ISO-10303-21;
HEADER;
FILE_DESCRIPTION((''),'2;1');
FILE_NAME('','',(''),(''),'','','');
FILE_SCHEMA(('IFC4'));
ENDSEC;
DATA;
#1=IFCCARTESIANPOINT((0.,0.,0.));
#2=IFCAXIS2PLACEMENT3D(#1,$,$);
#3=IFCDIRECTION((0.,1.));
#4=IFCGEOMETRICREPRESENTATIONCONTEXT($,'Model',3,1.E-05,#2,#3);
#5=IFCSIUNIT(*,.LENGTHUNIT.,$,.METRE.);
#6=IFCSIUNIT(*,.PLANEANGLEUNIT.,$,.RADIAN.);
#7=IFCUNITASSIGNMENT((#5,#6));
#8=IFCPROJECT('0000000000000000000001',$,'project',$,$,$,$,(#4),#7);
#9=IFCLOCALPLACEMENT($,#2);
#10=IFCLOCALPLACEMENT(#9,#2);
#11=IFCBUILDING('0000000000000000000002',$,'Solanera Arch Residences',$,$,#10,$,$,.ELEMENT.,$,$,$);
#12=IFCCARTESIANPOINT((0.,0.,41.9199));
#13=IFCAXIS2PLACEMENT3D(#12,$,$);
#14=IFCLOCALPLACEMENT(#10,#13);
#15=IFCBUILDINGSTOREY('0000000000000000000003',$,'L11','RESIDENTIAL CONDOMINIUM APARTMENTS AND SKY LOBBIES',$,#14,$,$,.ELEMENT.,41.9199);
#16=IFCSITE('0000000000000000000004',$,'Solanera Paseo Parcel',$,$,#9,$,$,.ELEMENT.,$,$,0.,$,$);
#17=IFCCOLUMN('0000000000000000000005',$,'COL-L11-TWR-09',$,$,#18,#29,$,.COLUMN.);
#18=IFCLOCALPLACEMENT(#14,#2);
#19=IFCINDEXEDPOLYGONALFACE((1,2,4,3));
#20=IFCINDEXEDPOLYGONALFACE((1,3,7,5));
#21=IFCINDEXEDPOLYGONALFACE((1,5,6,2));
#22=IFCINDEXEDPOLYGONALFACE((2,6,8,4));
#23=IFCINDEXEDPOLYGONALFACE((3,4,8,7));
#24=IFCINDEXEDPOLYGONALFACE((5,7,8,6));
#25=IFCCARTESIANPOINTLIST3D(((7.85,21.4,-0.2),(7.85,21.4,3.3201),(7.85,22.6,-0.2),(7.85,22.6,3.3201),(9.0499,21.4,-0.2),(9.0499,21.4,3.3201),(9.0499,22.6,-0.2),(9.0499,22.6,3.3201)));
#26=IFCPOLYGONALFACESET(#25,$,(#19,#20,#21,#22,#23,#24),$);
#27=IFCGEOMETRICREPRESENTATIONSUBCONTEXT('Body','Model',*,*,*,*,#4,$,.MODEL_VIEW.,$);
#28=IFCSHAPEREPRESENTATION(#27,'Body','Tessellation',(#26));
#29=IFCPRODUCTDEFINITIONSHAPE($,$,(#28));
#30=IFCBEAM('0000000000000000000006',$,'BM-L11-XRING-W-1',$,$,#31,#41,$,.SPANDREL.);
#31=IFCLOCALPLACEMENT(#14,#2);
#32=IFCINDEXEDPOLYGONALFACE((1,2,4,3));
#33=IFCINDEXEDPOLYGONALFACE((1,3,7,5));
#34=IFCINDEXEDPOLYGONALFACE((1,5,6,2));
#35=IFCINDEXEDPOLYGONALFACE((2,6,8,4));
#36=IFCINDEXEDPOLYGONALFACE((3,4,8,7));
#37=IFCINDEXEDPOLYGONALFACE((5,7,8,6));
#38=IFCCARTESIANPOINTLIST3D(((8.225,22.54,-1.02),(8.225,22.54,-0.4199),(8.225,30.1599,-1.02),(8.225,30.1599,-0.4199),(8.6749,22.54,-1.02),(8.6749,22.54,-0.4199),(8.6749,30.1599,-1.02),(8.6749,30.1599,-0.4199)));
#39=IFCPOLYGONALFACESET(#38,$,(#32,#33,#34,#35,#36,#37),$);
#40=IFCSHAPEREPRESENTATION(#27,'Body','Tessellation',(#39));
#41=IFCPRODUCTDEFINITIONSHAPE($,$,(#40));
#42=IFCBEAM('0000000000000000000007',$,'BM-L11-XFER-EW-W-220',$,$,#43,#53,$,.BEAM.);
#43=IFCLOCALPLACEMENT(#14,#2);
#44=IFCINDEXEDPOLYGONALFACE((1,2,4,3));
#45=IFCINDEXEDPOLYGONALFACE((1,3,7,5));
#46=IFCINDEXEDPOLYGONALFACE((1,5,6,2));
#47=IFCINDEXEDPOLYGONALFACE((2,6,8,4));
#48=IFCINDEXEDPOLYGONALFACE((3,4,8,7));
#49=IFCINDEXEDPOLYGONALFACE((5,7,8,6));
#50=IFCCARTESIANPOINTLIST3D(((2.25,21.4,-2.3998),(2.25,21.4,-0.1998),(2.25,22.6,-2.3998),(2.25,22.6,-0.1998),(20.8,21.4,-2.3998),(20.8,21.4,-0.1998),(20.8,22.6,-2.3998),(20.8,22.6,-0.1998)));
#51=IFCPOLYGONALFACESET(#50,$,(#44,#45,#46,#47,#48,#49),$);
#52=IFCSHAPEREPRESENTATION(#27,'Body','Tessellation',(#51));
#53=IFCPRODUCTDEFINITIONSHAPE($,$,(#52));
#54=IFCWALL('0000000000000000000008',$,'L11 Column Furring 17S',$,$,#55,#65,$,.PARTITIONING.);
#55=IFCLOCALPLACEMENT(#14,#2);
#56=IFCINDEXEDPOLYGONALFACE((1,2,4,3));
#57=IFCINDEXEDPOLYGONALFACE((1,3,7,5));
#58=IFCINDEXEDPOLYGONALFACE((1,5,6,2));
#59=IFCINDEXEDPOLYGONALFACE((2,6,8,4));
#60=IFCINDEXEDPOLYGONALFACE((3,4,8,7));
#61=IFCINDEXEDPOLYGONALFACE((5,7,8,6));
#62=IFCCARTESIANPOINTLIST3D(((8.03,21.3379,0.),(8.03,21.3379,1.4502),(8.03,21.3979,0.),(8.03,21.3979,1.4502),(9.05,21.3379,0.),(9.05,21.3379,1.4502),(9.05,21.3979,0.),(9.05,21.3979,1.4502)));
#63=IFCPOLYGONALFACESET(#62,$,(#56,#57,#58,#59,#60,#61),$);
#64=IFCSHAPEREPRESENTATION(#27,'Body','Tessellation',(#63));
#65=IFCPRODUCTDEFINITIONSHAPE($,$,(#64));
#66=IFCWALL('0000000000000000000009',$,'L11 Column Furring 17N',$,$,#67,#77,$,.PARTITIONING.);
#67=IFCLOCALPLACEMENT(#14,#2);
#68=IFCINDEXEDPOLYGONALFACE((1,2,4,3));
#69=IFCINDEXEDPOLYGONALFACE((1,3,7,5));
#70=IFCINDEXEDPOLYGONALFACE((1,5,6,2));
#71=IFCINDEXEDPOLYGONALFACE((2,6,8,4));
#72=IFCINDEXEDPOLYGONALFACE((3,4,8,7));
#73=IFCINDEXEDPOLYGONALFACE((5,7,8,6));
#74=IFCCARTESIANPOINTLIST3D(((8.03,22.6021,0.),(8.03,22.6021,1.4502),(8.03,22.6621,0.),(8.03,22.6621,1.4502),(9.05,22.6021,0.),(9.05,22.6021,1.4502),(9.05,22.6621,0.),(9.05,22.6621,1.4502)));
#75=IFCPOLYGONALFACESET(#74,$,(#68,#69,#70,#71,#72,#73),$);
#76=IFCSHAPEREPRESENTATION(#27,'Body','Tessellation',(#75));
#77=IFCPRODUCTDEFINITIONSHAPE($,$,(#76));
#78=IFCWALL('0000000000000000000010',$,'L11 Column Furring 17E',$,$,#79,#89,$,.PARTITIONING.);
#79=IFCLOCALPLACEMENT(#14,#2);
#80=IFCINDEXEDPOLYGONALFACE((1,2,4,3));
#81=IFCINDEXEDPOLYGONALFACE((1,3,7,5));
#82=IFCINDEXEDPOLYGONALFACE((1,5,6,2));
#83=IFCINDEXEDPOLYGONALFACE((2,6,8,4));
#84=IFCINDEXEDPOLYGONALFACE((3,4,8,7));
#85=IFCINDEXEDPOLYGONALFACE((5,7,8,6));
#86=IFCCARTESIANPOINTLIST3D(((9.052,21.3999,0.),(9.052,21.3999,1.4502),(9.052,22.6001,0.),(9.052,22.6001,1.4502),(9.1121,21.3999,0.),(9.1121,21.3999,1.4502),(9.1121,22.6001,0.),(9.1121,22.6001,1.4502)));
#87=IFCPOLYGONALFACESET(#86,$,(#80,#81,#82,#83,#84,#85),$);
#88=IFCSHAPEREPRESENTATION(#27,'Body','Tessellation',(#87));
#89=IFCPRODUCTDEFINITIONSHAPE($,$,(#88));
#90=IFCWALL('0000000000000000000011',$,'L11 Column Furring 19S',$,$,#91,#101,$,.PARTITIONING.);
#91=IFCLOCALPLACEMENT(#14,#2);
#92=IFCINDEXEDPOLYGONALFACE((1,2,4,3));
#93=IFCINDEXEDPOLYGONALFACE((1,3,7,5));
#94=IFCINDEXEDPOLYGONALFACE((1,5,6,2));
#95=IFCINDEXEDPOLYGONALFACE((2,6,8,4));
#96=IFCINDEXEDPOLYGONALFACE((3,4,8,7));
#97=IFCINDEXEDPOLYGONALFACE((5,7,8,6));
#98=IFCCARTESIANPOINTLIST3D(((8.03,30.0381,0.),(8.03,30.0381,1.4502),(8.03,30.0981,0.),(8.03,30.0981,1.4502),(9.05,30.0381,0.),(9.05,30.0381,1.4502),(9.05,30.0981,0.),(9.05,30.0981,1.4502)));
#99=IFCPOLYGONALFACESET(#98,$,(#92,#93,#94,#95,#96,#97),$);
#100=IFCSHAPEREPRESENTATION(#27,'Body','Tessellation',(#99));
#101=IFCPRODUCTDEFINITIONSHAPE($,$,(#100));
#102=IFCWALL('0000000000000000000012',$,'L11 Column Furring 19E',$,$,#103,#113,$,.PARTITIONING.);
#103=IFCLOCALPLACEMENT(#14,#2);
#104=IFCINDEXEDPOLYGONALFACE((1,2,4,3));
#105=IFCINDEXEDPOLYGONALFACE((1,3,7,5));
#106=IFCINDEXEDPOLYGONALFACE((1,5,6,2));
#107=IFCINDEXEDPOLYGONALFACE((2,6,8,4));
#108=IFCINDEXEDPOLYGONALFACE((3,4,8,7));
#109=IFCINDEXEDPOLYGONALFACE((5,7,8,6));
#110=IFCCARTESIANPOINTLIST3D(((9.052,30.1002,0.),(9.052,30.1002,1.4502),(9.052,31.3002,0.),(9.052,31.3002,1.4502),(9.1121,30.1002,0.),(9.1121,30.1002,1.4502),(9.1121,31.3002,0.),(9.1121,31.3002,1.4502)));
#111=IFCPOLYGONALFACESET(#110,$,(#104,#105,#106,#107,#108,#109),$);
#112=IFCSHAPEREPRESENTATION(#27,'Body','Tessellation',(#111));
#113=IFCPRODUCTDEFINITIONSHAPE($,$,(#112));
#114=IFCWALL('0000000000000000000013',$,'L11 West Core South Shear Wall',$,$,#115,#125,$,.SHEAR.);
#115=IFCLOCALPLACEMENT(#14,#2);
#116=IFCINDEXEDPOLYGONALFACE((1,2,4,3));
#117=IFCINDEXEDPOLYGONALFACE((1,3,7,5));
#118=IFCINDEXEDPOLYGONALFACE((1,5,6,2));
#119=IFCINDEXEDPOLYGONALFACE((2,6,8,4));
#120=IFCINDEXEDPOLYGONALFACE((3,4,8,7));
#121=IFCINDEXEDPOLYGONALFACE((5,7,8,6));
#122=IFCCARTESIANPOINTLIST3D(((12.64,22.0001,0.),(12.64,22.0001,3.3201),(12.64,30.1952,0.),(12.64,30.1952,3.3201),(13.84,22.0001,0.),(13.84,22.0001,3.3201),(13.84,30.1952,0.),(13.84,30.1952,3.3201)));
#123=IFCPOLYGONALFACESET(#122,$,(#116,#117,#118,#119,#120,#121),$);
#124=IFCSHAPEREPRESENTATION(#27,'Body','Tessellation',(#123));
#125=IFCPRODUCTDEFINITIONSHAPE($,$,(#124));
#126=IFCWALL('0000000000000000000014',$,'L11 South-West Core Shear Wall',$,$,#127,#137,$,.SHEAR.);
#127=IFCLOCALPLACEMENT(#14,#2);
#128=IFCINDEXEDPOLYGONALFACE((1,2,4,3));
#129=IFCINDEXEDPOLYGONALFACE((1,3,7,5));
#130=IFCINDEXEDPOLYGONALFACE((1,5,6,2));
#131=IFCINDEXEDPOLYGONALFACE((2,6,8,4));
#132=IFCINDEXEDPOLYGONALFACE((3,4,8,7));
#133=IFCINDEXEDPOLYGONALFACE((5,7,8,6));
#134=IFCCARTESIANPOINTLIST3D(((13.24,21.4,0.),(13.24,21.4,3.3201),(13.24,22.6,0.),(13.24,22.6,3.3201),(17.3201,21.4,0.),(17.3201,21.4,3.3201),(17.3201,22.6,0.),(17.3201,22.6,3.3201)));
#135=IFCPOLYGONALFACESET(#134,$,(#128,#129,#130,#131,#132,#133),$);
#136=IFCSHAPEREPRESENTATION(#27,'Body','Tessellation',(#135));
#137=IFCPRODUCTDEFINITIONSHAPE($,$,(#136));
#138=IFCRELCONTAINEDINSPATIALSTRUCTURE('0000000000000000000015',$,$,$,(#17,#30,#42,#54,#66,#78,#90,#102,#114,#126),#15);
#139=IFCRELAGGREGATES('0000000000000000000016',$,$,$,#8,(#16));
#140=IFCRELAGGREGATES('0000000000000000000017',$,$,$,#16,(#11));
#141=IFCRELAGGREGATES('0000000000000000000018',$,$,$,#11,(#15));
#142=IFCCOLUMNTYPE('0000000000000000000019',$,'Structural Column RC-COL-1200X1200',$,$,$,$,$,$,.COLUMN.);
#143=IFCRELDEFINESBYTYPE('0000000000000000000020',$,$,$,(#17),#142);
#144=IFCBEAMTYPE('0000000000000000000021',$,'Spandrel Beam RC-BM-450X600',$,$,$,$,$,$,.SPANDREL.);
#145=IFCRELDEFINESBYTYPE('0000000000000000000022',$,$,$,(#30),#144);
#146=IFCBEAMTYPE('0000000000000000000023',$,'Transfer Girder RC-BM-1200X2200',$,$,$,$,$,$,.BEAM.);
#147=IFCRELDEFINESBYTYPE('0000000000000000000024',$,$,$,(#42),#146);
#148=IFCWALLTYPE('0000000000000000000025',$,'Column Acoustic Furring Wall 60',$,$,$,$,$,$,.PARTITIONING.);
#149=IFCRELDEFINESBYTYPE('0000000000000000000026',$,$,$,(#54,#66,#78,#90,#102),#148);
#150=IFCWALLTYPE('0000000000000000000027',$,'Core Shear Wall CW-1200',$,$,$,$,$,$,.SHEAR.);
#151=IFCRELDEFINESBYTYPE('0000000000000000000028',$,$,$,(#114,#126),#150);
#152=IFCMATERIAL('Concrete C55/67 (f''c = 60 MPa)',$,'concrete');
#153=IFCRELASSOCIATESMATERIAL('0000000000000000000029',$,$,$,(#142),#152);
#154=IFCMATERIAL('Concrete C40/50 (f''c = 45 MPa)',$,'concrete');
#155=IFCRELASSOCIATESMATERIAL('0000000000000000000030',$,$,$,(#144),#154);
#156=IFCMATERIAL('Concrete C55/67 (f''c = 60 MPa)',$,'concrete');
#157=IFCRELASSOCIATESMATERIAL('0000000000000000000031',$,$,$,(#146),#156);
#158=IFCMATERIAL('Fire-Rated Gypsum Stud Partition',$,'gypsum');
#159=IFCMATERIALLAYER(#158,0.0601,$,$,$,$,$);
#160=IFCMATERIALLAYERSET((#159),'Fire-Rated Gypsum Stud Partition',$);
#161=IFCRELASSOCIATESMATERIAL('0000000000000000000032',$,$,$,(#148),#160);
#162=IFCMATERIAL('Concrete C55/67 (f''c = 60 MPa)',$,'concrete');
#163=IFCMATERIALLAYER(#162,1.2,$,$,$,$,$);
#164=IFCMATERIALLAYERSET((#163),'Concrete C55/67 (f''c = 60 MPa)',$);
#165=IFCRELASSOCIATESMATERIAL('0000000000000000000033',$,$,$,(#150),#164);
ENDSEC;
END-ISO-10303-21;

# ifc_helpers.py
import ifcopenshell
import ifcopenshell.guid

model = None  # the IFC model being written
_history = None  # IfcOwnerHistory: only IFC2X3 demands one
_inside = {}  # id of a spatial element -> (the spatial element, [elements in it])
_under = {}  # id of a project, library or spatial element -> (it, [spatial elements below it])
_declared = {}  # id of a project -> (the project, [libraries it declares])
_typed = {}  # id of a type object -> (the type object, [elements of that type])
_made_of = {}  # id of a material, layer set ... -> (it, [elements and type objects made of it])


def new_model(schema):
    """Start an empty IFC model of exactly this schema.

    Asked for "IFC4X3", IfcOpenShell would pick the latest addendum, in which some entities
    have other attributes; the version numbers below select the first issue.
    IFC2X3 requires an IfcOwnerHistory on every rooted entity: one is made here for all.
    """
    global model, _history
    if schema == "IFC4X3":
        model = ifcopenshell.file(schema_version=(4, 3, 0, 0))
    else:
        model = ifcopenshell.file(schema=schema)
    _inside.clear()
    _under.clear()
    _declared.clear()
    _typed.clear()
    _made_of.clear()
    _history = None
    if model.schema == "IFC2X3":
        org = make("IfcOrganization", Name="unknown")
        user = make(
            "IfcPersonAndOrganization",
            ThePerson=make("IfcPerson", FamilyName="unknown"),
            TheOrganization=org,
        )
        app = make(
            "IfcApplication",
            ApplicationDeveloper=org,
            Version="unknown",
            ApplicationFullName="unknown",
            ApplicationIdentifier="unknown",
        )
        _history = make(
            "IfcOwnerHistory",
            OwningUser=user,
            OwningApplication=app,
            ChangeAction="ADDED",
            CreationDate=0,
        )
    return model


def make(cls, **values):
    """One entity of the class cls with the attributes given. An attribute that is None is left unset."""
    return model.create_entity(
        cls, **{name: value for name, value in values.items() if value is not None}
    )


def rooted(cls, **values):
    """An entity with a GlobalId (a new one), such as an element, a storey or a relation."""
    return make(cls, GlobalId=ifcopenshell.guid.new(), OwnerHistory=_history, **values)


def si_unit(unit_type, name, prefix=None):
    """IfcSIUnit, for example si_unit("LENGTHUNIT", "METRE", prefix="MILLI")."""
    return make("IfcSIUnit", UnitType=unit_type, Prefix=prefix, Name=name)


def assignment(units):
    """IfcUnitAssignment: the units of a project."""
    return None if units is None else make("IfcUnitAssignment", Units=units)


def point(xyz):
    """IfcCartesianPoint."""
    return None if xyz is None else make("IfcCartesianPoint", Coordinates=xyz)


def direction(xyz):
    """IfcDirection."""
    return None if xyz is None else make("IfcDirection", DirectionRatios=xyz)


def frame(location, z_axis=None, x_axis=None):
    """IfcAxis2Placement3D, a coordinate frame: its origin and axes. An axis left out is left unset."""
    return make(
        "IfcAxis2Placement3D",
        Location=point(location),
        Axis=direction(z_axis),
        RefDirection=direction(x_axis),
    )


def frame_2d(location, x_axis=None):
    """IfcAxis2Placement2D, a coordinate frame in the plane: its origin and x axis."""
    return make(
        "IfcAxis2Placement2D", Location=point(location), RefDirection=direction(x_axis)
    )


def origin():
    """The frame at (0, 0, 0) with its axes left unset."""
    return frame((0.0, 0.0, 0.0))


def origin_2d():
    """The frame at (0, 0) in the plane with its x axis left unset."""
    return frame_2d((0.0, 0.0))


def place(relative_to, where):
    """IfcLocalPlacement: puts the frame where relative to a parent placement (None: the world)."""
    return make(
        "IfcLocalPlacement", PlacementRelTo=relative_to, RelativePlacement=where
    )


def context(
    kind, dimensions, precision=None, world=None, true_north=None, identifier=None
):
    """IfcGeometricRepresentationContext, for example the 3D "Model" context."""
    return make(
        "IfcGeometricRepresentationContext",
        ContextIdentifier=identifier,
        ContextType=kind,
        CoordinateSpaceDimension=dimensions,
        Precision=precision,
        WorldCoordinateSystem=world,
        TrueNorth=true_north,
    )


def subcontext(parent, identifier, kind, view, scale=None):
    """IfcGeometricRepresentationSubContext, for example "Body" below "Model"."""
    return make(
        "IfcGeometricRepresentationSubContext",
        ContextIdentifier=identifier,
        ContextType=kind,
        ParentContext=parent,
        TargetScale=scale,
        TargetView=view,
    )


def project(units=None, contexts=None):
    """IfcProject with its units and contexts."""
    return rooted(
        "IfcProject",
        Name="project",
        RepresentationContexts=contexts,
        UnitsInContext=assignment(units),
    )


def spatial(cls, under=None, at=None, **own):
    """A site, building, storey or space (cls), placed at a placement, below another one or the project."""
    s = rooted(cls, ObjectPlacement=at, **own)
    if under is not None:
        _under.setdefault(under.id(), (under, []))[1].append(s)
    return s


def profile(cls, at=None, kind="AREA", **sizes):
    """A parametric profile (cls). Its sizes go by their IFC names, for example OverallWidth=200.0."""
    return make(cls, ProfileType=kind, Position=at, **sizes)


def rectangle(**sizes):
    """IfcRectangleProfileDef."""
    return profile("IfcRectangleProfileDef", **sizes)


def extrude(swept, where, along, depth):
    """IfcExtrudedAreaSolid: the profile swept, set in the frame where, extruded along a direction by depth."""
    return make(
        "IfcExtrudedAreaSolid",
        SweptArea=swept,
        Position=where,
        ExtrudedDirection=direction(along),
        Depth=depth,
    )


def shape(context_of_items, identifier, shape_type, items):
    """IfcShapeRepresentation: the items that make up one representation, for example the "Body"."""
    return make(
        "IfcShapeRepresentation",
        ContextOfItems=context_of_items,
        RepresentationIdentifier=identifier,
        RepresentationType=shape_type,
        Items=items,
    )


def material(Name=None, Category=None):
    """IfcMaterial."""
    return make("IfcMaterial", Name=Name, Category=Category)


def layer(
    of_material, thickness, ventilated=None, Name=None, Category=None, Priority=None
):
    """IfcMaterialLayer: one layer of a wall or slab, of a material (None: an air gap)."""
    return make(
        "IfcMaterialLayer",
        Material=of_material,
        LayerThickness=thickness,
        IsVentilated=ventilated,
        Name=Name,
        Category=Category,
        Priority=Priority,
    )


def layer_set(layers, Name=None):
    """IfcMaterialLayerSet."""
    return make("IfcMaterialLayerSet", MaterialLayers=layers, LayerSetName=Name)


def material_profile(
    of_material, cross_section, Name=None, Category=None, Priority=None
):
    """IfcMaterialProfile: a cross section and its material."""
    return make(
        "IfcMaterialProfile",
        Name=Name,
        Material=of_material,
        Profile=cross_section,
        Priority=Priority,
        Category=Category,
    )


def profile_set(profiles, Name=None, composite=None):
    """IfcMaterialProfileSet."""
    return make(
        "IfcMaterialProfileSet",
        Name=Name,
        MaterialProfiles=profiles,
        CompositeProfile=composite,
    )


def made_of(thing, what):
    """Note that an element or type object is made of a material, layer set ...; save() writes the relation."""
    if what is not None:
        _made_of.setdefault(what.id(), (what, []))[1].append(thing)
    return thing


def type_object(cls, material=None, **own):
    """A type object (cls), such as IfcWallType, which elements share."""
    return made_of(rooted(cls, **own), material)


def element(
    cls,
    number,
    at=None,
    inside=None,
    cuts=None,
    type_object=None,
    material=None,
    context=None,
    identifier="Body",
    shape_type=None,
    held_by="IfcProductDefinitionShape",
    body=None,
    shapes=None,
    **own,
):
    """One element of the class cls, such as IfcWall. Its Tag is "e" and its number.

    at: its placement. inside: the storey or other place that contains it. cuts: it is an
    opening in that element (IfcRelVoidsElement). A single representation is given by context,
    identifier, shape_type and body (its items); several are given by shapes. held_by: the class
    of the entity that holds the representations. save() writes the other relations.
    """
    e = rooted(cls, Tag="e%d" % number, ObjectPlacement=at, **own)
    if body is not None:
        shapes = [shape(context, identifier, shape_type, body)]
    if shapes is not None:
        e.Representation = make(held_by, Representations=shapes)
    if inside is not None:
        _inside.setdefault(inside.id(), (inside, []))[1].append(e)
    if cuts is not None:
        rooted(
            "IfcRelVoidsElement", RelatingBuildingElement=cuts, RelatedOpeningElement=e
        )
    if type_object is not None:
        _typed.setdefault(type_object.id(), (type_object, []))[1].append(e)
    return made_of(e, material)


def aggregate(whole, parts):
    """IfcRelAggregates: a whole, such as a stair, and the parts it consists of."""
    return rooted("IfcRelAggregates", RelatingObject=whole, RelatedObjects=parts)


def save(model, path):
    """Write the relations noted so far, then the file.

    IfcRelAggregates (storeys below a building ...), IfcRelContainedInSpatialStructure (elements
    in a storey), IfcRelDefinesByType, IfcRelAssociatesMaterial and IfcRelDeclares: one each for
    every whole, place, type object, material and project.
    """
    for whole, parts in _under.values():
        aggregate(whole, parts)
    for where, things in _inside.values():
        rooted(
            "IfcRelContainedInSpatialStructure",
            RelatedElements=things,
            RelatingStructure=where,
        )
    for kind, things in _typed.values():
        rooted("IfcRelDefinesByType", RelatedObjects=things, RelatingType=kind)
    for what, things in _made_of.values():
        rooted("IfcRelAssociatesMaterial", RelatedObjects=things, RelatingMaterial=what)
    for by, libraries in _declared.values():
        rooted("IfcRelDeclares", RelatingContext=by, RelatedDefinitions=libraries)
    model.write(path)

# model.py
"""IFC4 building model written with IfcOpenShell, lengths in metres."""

from ifc_helpers import new_model, si_unit, direction, frame, frame_2d, origin, origin_2d, place, context, subcontext, project, spatial, rectangle, extrude, material, layer, layer_set, material_profile, profile_set, type_object, element, save


model = new_model("IFC4")

# Units and contexts
model_context = context("Model", 3, precision=1e-05, world=origin(), true_north=direction((0.0, 1.0)))
body_context = subcontext(model_context, "Body", "Model", "MODEL_VIEW")
ifc_project = project(units=[si_unit("LENGTHUNIT", "METRE"), si_unit("PLANEANGLEUNIT", "RADIAN")], contexts=[model_context])

# Site, building, storey
site_placement = place(None, origin())
site = spatial("IfcSite", under=ifc_project, at=site_placement, Name="Solanera Paseo Parcel", CompositionType="ELEMENT", RefElevation=0.0)
building_placement = place(site_placement, origin())
building = spatial("IfcBuilding", under=site, at=building_placement, Name="Solanera Arch Residences", CompositionType="ELEMENT")
storey_placement = place(building_placement, frame((0.0, 0.0, 41.9199)))
storey = spatial("IfcBuildingStorey", under=building, at=storey_placement, Name="L11", Description="RESIDENTIAL CONDOMINIUM APARTMENTS AND SKY LOBBIES", CompositionType="ELEMENT", Elevation=41.9199)

# Column
ifc_material_1 = material(Name="Concrete C55/67 (f'c = 60 MPa)", Category="concrete")
ifc_material_profile_1 = material_profile(ifc_material_1, rectangle(XDim=1.2, YDim=1.2, at=origin_2d()))
ifc_profile_set_1 = profile_set([ifc_material_profile_1], Name="Concrete C55/67 (f'c = 60 MPa)")
column_type = type_object("IfcColumnType", Name="Structural Column RC-COL-1200X1200", PredefinedType="COLUMN", material=ifc_profile_set_1)
column_placement = place(storey_placement, frame((8.45, 22.0, -0.2), z_axis=(0.0, 0.0, 1.0), x_axis=(1.0, 0.0, 0.0)))
element("IfcColumn", 1, at=column_placement, inside=storey, type_object=column_type, Name="COL-L11-TWR-09", PredefinedType="COLUMN", context=body_context, shape_type="SweptSolid", body=[
    extrude(rectangle(XDim=1.2, YDim=1.2, at=origin_2d()), origin(), (0.0, 0.0, 1.0), 3.52),
])

# Beams
ifc_material_2 = material(Name="Concrete C40/50 (f'c = 45 MPa)", Category="concrete")
ifc_material_profile_2 = material_profile(ifc_material_2, rectangle(XDim=0.45, YDim=0.6001, at=origin_2d()))
ifc_profile_set_2 = profile_set([ifc_material_profile_2], Name="Concrete C40/50 (f'c = 45 MPa)")
beam_type_1 = type_object("IfcBeamType", Name="Spandrel Beam RC-BM-450X600", PredefinedType="SPANDREL", material=ifc_profile_set_2)
beam_1_placement = place(storey_placement, frame((8.45, 22.54, -0.72), z_axis=(0.0, 1.0, 0.0), x_axis=(-1.0, 0.0, 0.0)))
element("IfcBeam", 2, at=beam_1_placement, inside=storey, type_object=beam_type_1, Name="BM-L11-XRING-W-1", PredefinedType="SPANDREL", context=body_context, shape_type="SweptSolid", body=[
    extrude(rectangle(XDim=0.45, YDim=0.6001, at=origin_2d()), origin(), (0.0, 0.0, 1.0), 7.6199),
])
ifc_material_3 = material(Name="Concrete C55/67 (f'c = 60 MPa)", Category="concrete")
ifc_material_profile_3 = material_profile(ifc_material_3, rectangle(XDim=1.2, YDim=2.2, at=origin_2d()))
ifc_profile_set_3 = profile_set([ifc_material_profile_3], Name="Concrete C55/67 (f'c = 60 MPa)")
beam_type_2 = type_object("IfcBeamType", Name="Transfer Girder RC-BM-1200X2200", PredefinedType="BEAM", material=ifc_profile_set_3)
beam_2_placement = place(storey_placement, frame((2.25, 22.0, -1.2998), z_axis=(1.0, 0.0, 0.0), x_axis=(0.0, 1.0, 0.0)))
element("IfcBeam", 3, at=beam_2_placement, inside=storey, type_object=beam_type_2, Name="BM-L11-XFER-EW-W-220", PredefinedType="BEAM", context=body_context, shape_type="SweptSolid", body=[
    extrude(rectangle(XDim=1.2, YDim=2.2, at=origin_2d()), origin(), (0.0, 0.0, 1.0), 18.55),
])

# Walls
ifc_material_4 = material(Name="Fire-Rated Gypsum Stud Partition", Category="gypsum")
ifc_layer_1 = layer(ifc_material_4, 0.0601)
ifc_layer_set_1 = layer_set([ifc_layer_1], Name="Fire-Rated Gypsum Stud Partition")
wall_type_1 = type_object("IfcWallType", Name="Column Acoustic Furring Wall 60", PredefinedType="PARTITIONING", material=ifc_layer_set_1)
for number, where, z_axis, x_axis, name in (
    (4, (8.03, 21.3679, 0.0), (0.0, 0.0, 1.0), (1.0, 0.0, 0.0), "L11 Column Furring 17S"),
    (5, (8.03, 22.6321, 0.0), (0.0, 0.0, 1.0), (1.0, 0.0, 0.0), "L11 Column Furring 17N"),
):
    element("IfcWall", number, at=place(storey_placement, frame(where, z_axis=z_axis, x_axis=x_axis)), inside=storey, type_object=wall_type_1, Name=name, PredefinedType="PARTITIONING", context=body_context, shape_type="SweptSolid", body=[
        extrude(rectangle(XDim=1.02, YDim=0.0601, at=frame_2d((0.51, 0.0))), origin(), (0.0, 0.0, 1.0), 1.4502),
    ])
wall_1_placement = place(storey_placement, frame((9.082, 21.3999, 0.0), z_axis=(0.0, 0.0, 1.0), x_axis=(0.0, 1.0, 0.0)))
element("IfcWall", 6, at=wall_1_placement, inside=storey, type_object=wall_type_1, Name="L11 Column Furring 17E", PredefinedType="PARTITIONING", context=body_context, shape_type="SweptSolid", body=[
    extrude(rectangle(XDim=1.2002, YDim=0.0601, at=frame_2d((0.6001, 0.0))), origin(), (0.0, 0.0, 1.0), 1.4502),
])
wall_2_placement = place(storey_placement, frame((8.03, 30.0681, 0.0), z_axis=(0.0, 0.0, 1.0), x_axis=(1.0, 0.0, 0.0)))
element("IfcWall", 7, at=wall_2_placement, inside=storey, type_object=wall_type_1, Name="L11 Column Furring 19S", PredefinedType="PARTITIONING", context=body_context, shape_type="SweptSolid", body=[
    extrude(rectangle(XDim=1.02, YDim=0.0601, at=frame_2d((0.51, 0.0))), origin(), (0.0, 0.0, 1.0), 1.4502),
])
wall_3_placement = place(storey_placement, frame((9.082, 30.1001, 0.0), z_axis=(0.0, 0.0, 1.0), x_axis=(0.0, 1.0, 0.0)))
element("IfcWall", 8, at=wall_3_placement, inside=storey, type_object=wall_type_1, Name="L11 Column Furring 19E", PredefinedType="PARTITIONING", context=body_context, shape_type="SweptSolid", body=[
    extrude(rectangle(XDim=1.2, YDim=0.0601, at=frame_2d((0.6001, 0.0))), origin(), (0.0, 0.0, 1.0), 1.4502),
])
ifc_material_5 = material(Name="Concrete C55/67 (f'c = 60 MPa)", Category="concrete")
ifc_layer_2 = layer(ifc_material_5, 1.2)
ifc_layer_set_2 = layer_set([ifc_layer_2], Name="Concrete C55/67 (f'c = 60 MPa)")
wall_type_2 = type_object("IfcWallType", Name="Core Shear Wall CW-1200", PredefinedType="SHEAR", material=ifc_layer_set_2)
wall_4_placement = place(storey_placement, frame((13.24, 22.0, 0.0), z_axis=(0.0, 0.0, 1.0), x_axis=(0.0, 1.0, 0.0)))
element("IfcWall", 9, at=wall_4_placement, inside=storey, type_object=wall_type_2, Name="L11 West Core South Shear Wall", PredefinedType="SHEAR", context=body_context, shape_type="SweptSolid", body=[
    extrude(rectangle(XDim=8.1951, YDim=1.2, at=frame_2d((4.0977, 0.0))), origin(), (0.0, 0.0, 1.0), 3.3201),
])
wall_5_placement = place(storey_placement, frame((13.24, 22.0, 0.0), z_axis=(0.0, 0.0, 1.0), x_axis=(1.0, 0.0, 0.0)))
element("IfcWall", 10, at=wall_5_placement, inside=storey, type_object=wall_type_2, Name="L11 South-West Core Shear Wall", PredefinedType="SHEAR", context=body_context, shape_type="SweptSolid", body=[
    extrude(rectangle(XDim=4.0801, YDim=1.2, at=frame_2d((2.04, 0.0))), origin(), (0.0, 0.0, 1.0), 3.3201),
])

save(model, "model.ifc")
